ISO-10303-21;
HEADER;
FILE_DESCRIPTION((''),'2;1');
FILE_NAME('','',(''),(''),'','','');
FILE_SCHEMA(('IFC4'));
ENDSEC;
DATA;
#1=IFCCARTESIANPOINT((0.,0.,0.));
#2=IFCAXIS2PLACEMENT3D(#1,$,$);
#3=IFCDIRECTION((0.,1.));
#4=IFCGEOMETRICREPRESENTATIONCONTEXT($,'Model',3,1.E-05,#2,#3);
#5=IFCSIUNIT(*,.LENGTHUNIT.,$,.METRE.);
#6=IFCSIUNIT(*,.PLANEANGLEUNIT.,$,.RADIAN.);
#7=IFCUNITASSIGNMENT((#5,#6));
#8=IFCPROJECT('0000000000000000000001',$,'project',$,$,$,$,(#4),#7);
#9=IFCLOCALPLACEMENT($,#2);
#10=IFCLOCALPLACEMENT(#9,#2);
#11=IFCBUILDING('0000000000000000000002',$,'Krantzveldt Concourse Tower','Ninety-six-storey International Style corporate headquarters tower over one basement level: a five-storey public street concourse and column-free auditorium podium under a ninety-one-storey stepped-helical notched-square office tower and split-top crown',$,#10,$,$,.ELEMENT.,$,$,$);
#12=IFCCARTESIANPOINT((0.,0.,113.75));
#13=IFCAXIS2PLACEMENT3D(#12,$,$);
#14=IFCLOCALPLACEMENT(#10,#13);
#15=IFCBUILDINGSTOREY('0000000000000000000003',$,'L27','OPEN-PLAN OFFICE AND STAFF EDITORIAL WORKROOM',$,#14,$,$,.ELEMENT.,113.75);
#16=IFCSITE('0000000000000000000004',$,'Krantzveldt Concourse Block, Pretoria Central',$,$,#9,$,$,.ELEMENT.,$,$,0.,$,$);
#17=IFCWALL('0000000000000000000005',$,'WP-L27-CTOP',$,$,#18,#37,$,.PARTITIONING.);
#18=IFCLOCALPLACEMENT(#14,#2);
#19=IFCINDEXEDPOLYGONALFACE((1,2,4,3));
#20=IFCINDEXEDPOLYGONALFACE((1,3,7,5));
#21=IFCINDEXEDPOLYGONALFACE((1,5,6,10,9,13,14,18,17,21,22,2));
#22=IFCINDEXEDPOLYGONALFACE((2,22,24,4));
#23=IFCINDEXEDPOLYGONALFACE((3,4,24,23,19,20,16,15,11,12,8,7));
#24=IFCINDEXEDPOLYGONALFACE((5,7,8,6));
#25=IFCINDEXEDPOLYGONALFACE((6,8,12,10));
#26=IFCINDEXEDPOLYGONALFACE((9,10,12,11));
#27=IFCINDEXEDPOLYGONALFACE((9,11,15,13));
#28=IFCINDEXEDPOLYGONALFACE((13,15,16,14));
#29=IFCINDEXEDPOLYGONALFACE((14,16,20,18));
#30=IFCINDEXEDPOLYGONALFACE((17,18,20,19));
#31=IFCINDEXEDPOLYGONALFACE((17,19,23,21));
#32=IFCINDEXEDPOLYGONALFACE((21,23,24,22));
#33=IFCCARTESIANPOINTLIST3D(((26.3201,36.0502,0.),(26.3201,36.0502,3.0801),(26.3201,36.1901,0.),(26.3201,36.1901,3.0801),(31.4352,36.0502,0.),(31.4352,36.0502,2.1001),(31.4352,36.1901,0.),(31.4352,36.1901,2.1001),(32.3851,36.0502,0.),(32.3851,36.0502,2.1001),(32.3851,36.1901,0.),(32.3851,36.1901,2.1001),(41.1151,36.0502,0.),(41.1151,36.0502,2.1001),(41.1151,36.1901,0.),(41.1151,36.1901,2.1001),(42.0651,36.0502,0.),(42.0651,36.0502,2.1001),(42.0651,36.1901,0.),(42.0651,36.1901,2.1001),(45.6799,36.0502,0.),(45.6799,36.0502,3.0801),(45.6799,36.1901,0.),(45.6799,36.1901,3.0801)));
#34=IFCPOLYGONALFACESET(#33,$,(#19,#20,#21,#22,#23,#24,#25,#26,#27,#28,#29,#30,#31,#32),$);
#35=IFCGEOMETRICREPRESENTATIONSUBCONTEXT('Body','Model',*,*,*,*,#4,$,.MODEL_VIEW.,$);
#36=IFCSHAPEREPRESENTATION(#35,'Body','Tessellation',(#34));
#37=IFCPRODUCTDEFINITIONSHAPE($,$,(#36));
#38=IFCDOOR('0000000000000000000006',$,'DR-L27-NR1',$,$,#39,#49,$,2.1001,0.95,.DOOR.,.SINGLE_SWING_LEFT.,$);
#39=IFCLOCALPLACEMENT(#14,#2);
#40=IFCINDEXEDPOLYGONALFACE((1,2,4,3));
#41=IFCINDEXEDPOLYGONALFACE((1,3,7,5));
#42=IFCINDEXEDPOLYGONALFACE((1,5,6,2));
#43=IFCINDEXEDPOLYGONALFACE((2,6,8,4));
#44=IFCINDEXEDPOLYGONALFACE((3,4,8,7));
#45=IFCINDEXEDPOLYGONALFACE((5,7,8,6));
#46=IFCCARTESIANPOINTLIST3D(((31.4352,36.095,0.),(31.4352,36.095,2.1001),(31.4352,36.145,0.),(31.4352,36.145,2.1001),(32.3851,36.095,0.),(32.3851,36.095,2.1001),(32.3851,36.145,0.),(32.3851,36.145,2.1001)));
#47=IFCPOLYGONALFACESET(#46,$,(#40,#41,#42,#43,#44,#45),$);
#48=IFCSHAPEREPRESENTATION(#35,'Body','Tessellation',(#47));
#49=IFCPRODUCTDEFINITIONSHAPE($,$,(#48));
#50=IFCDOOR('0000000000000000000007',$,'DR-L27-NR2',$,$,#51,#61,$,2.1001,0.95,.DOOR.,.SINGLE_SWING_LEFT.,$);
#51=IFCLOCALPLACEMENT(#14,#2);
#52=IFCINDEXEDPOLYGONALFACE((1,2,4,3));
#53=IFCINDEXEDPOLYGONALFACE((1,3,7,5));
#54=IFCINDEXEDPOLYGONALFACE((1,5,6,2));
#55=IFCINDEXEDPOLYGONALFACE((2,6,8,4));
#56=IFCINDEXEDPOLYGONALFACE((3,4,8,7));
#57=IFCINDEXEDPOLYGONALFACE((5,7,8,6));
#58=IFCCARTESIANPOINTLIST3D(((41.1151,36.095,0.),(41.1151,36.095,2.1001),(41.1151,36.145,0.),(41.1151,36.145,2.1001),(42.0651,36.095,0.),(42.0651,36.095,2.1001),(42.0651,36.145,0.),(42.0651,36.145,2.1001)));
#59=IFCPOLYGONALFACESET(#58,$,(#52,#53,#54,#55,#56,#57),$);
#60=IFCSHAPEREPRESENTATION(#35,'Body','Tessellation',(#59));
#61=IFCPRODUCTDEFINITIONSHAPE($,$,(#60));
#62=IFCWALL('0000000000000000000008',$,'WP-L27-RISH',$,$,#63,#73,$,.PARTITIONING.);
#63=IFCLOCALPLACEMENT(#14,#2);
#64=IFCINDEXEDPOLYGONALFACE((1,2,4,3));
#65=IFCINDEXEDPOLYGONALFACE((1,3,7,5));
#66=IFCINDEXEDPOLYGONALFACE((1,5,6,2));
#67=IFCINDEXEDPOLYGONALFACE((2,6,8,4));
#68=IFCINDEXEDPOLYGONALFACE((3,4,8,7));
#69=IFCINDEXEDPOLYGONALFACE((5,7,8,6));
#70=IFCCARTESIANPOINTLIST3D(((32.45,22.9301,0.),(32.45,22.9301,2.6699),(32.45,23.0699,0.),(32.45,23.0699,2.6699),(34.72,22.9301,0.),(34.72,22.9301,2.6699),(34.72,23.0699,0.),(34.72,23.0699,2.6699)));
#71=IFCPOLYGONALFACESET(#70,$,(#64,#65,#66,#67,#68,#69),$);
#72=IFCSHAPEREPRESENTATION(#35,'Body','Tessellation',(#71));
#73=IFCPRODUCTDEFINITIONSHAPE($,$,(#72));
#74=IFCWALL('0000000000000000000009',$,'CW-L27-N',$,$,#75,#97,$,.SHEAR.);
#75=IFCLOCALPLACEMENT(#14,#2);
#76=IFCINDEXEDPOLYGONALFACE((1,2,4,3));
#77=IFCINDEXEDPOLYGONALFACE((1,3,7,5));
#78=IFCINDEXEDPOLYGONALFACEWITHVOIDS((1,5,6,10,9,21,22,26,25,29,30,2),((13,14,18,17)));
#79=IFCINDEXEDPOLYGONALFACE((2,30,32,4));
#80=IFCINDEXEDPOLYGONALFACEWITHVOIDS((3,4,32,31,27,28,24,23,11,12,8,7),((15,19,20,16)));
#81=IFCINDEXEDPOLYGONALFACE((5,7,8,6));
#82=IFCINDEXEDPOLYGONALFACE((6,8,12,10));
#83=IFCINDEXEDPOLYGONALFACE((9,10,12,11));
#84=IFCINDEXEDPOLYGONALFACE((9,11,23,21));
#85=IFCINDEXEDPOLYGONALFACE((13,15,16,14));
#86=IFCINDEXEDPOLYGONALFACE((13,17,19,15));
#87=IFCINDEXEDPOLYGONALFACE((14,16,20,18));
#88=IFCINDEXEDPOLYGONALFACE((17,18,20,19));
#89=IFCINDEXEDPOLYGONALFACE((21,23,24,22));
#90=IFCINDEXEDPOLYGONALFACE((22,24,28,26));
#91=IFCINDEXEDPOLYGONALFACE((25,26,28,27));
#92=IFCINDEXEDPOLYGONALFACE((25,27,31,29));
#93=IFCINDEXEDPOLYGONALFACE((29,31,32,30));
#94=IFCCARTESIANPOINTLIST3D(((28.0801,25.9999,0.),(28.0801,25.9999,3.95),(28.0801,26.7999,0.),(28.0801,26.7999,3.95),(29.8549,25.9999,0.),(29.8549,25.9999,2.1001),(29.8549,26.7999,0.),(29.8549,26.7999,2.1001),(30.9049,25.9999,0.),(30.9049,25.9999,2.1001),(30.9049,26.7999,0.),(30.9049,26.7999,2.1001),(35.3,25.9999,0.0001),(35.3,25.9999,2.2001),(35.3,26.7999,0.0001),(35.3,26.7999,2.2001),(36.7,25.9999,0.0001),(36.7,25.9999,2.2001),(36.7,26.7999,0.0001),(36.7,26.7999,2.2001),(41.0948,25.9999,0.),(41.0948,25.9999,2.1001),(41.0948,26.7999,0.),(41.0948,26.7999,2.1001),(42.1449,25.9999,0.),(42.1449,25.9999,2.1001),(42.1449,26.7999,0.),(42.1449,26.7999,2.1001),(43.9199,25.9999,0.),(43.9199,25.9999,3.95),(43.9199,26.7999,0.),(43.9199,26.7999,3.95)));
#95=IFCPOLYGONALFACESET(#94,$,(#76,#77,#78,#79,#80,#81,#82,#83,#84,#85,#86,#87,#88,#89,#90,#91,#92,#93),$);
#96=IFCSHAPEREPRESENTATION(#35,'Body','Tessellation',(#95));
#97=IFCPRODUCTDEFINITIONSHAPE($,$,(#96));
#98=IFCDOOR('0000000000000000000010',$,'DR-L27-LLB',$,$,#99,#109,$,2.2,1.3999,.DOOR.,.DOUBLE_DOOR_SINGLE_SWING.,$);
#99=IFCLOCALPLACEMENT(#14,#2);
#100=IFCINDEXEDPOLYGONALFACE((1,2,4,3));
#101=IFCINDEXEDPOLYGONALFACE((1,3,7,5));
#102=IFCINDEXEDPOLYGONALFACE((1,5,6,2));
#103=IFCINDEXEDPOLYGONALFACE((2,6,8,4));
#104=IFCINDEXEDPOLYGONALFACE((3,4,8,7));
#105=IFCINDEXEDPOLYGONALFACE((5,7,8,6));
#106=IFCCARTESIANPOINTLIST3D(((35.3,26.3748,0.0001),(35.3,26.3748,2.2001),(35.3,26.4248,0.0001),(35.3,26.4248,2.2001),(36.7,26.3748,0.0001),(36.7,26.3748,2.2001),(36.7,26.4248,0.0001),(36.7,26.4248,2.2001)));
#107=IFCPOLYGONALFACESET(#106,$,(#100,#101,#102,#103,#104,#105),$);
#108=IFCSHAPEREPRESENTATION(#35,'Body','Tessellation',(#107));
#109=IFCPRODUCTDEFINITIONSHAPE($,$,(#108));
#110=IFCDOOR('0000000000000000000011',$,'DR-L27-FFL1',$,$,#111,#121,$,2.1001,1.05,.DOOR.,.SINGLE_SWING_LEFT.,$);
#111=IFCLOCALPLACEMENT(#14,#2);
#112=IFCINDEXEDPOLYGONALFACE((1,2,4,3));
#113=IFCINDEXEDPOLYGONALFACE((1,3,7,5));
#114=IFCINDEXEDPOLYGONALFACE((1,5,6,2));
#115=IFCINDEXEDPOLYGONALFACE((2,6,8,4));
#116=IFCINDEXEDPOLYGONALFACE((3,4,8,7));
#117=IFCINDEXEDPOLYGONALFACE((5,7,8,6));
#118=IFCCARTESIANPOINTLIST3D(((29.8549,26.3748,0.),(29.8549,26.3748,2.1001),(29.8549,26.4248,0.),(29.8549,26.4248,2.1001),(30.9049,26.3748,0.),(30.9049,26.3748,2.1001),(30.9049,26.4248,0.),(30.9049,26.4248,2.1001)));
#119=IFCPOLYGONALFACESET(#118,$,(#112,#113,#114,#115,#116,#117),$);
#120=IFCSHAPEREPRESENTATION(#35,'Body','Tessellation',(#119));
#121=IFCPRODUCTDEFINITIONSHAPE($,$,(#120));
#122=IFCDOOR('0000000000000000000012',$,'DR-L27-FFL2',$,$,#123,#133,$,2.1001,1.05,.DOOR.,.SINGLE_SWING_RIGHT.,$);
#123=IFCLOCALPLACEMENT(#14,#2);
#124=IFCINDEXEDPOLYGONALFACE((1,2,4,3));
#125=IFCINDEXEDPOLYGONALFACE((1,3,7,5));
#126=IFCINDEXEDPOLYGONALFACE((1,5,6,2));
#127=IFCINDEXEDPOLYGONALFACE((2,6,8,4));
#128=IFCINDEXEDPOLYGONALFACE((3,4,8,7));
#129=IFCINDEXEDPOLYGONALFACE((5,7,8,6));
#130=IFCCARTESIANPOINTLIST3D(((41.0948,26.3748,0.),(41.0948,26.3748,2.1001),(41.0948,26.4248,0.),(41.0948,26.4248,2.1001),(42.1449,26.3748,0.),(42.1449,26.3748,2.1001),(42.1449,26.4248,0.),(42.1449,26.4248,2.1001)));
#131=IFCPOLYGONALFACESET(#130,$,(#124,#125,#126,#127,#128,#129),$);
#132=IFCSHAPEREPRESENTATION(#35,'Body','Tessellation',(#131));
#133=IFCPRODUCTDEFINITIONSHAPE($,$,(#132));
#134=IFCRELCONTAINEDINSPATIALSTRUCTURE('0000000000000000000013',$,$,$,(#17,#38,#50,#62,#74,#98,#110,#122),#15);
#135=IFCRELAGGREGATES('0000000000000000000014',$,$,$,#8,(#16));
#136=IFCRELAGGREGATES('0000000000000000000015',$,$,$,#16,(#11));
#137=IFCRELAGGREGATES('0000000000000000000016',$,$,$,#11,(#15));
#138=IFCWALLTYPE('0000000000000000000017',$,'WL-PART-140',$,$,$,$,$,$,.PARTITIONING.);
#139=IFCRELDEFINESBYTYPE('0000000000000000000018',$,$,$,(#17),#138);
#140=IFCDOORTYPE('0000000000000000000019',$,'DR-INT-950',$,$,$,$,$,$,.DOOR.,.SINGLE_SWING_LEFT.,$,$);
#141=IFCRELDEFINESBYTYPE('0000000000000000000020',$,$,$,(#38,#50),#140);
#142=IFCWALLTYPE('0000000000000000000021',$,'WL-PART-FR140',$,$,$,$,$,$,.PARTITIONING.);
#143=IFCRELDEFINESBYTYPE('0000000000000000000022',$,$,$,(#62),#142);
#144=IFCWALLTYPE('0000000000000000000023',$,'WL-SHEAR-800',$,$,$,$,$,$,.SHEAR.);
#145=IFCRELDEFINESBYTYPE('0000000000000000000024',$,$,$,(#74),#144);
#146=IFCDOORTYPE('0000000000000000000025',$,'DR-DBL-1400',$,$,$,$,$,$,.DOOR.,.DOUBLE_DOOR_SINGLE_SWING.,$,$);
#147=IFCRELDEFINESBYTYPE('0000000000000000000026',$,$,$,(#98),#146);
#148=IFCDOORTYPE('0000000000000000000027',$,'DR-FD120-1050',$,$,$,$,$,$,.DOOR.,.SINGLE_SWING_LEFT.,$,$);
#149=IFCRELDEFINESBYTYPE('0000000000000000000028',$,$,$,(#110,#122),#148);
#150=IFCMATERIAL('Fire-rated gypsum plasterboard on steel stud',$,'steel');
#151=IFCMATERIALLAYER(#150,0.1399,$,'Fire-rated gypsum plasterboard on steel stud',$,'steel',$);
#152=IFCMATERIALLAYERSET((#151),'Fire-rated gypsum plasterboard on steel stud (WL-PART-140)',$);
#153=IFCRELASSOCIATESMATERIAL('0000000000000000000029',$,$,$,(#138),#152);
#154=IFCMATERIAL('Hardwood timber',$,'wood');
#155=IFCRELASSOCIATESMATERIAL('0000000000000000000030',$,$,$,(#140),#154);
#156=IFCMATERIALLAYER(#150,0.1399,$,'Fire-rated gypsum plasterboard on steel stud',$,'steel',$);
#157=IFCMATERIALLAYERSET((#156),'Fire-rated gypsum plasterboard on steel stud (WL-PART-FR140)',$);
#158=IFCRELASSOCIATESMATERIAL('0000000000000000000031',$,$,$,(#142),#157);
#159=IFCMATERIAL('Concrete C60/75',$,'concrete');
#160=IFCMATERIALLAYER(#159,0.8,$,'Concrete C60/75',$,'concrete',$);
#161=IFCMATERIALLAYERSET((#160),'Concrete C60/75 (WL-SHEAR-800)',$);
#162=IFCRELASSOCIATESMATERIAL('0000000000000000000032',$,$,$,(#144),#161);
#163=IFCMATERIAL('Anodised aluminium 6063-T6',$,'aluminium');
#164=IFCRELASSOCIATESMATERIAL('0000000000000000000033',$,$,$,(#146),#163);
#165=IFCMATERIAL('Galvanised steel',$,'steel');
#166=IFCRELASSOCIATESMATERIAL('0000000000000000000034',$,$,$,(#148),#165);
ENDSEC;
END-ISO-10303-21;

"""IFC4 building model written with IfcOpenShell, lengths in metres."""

from ifc_helpers import new_model, si_unit, direction, frame, frame_2d, origin, place, context, subcontext, project, spatial, rectangle, extrude, material, layer, layer_set, type_object, element, fill, save


model = new_model("IFC4")

# Units and contexts
model_context = context("Model", 3, precision=1e-05, world=origin(), true_north=direction((0.0, 1.0)))
body_context = subcontext(model_context, "Body", "Model", "MODEL_VIEW")
ifc_project = project(units=[si_unit("LENGTHUNIT", "METRE"), si_unit("PLANEANGLEUNIT", "RADIAN")], contexts=[model_context])

# Site, building, storey
site_placement = place(None, origin())
site = spatial("IfcSite", under=ifc_project, at=site_placement, Name="Krantzveldt Concourse Block, Pretoria Central", CompositionType="ELEMENT", RefElevation=0.0)
building_placement = place(site_placement, origin())
building = spatial("IfcBuilding", under=site, at=building_placement, Name="Krantzveldt Concourse Tower", Description="Ninety-six-storey International Style corporate headquarters tower over one basement level: a five-storey public street concourse and column-free auditorium podium under a ninety-one-storey stepped-helical notched-square office tower and split-top crown", CompositionType="ELEMENT")
storey_placement = place(building_placement, frame((0.0, 0.0, 113.75)))
storey = spatial("IfcBuildingStorey", under=building, at=storey_placement, Name="L27", Description="OPEN-PLAN OFFICE AND STAFF EDITORIAL WORKROOM", CompositionType="ELEMENT", Elevation=113.75)

# Shared definitions
ifc_material_1 = material(Name="Fire-rated gypsum plasterboard on steel stud", Category="steel")

# Shared definitions
ifc_layer_1 = layer(ifc_material_1, 0.1399, Name="Fire-rated gypsum plasterboard on steel stud", Category="steel")
ifc_layer_set_1 = layer_set([ifc_layer_1], Name="Fire-rated gypsum plasterboard on steel stud (WL-PART-140)")
wall_type_1 = type_object("IfcWallType", Name="WL-PART-140", PredefinedType="PARTITIONING", material=ifc_layer_set_1)
ifc_material_2 = material(Name="Hardwood timber", Category="wood")

# Shared definitions
door_type_1 = type_object("IfcDoorType", Name="DR-INT-950", OperationType="SINGLE_SWING_LEFT", PredefinedType="DOOR", material=ifc_material_2)

# Wall, openings, doors
wall_1_placement = place(storey_placement, frame((26.3201, 36.1201, 0.0), z_axis=(0.0, 0.0, 1.0), x_axis=(1.0, 0.0, 0.0)))
wall_1 = element("IfcWall", 1, at=wall_1_placement, inside=storey, type_object=wall_type_1, Name="WP-L27-CTOP", PredefinedType="PARTITIONING", context=body_context, shape_type="SweptSolid", body=[
    extrude(rectangle(XDim=19.3599, YDim=0.1399, at=frame_2d((9.6799, 0.0))), origin(), (0.0, 0.0, 1.0), 3.0801),
])
opening_1_placement = place(wall_1_placement, frame((5.115, 0.0, 0.0)))
opening_1 = element("IfcOpeningElement", 2, at=opening_1_placement, cuts=wall_1, PredefinedType="OPENING", context=body_context, shape_type="SweptSolid", body=[
    extrude(rectangle(XDim=0.95, YDim=2.1001, at=frame_2d((0.4751, 1.05))), frame((0.0, 0.0801, 0.0), z_axis=(0.0, -1.0, 0.0), x_axis=(1.0, 0.0, 0.0)), (0.0, 0.0, 1.0), 0.1599),
])
opening_2_placement = place(wall_1_placement, frame((14.7949, 0.0, 0.0)))
opening_2 = element("IfcOpeningElement", 3, at=opening_2_placement, cuts=wall_1, PredefinedType="OPENING", context=body_context, shape_type="SweptSolid", body=[
    extrude(rectangle(XDim=0.95, YDim=2.1001, at=frame_2d((0.4751, 1.05))), frame((0.0, 0.0801, 0.0), z_axis=(0.0, -1.0, 0.0), x_axis=(1.0, 0.0, 0.0)), (0.0, 0.0, 1.0), 0.1599),
])
door_1_placement = place(opening_1_placement, origin())
door_1 = element("IfcDoor", 4, at=door_1_placement, inside=storey, type_object=door_type_1, Name="DR-L27-NR1", OperationType="SINGLE_SWING_LEFT", OverallHeight=2.1001, OverallWidth=0.95, PredefinedType="DOOR", context=body_context, shape_type="SweptSolid", body=[
    extrude(rectangle(XDim=0.95, YDim=2.1001, at=frame_2d((0.4751, 1.05))), frame((0.0, 0.0249, 0.0), z_axis=(0.0, -1.0, 0.0), x_axis=(1.0, 0.0, 0.0)), (0.0, 0.0, 1.0), 0.05),
])
fill(opening_1, door_1)
door_2_placement = place(opening_2_placement, origin())
door_2 = element("IfcDoor", 5, at=door_2_placement, inside=storey, type_object=door_type_1, Name="DR-L27-NR2", OperationType="SINGLE_SWING_LEFT", OverallHeight=2.1001, OverallWidth=0.95, PredefinedType="DOOR", context=body_context, shape_type="SweptSolid", body=[
    extrude(rectangle(XDim=0.95, YDim=2.1001, at=frame_2d((0.4751, 1.05))), frame((0.0, 0.0249, 0.0), z_axis=(0.0, -1.0, 0.0), x_axis=(1.0, 0.0, 0.0)), (0.0, 0.0, 1.0), 0.05),
])
fill(opening_2, door_2)

# Wall
ifc_layer_2 = layer(ifc_material_1, 0.1399, Name="Fire-rated gypsum plasterboard on steel stud", Category="steel")
ifc_layer_set_2 = layer_set([ifc_layer_2], Name="Fire-rated gypsum plasterboard on steel stud (WL-PART-FR140)")
wall_type_2 = type_object("IfcWallType", Name="WL-PART-FR140", PredefinedType="PARTITIONING", material=ifc_layer_set_2)
wall_2_placement = place(storey_placement, frame((32.45, 23.0, 0.0), z_axis=(0.0, 0.0, 1.0), x_axis=(1.0, 0.0, 0.0)))
element("IfcWall", 6, at=wall_2_placement, inside=storey, type_object=wall_type_2, Name="WP-L27-RISH", PredefinedType="PARTITIONING", context=body_context, shape_type="SweptSolid", body=[
    extrude(rectangle(XDim=2.27, YDim=0.1399, at=frame_2d((1.135, 0.0))), origin(), (0.0, 0.0, 1.0), 2.6699),
])

# Wall, openings, doors
ifc_material_3 = material(Name="Concrete C60/75", Category="concrete")
ifc_layer_3 = layer(ifc_material_3, 0.8, Name="Concrete C60/75", Category="concrete")
ifc_layer_set_3 = layer_set([ifc_layer_3], Name="Concrete C60/75 (WL-SHEAR-800)")
wall_type_3 = type_object("IfcWallType", Name="WL-SHEAR-800", PredefinedType="SHEAR", material=ifc_layer_set_3)
wall_3_placement = place(storey_placement, frame((28.0801, 26.3999, 0.0), z_axis=(0.0, 0.0, 1.0), x_axis=(1.0, 0.0, 0.0)))
wall_3 = element("IfcWall", 7, at=wall_3_placement, inside=storey, type_object=wall_type_3, Name="CW-L27-N", PredefinedType="SHEAR", context=body_context, shape_type="SweptSolid", body=[
    extrude(rectangle(XDim=15.8398, YDim=0.8, at=frame_2d((7.9199, 0.0))), origin(), (0.0, 0.0, 1.0), 3.95),
])
opening_3_placement = place(wall_3_placement, frame((7.22, 0.0, 0.0)))
opening_3 = element("IfcOpeningElement", 8, at=opening_3_placement, cuts=wall_3, PredefinedType="OPENING", context=body_context, shape_type="SweptSolid", body=[
    extrude(rectangle(XDim=1.3999, YDim=2.2, at=frame_2d((0.7, 1.1001))), frame((0.0, 0.4102, 0.0), z_axis=(0.0, -1.0, 0.0), x_axis=(1.0, 0.0, 0.0)), (0.0, 0.0, 1.0), 0.8201),
])
opening_4_placement = place(wall_3_placement, frame((1.7749, 0.0, 0.0)))
opening_4 = element("IfcOpeningElement", 9, at=opening_4_placement, cuts=wall_3, PredefinedType="OPENING", context=body_context, shape_type="SweptSolid", body=[
    extrude(rectangle(XDim=1.05, YDim=2.1001, at=frame_2d((0.5249, 1.05))), frame((0.0, 0.4102, 0.0), z_axis=(0.0, -1.0, 0.0), x_axis=(1.0, 0.0, 0.0)), (0.0, 0.0, 1.0), 0.8201),
])
opening_5_placement = place(wall_3_placement, frame((13.0149, 0.0, 0.0)))
opening_5 = element("IfcOpeningElement", 10, at=opening_5_placement, cuts=wall_3, PredefinedType="OPENING", context=body_context, shape_type="SweptSolid", body=[
    extrude(rectangle(XDim=1.05, YDim=2.1001, at=frame_2d((0.5249, 1.05))), frame((0.0, 0.4102, 0.0), z_axis=(0.0, -1.0, 0.0), x_axis=(1.0, 0.0, 0.0)), (0.0, 0.0, 1.0), 0.8201),
])
ifc_material_4 = material(Name="Anodised aluminium 6063-T6", Category="aluminium")
door_type_2 = type_object("IfcDoorType", Name="DR-DBL-1400", OperationType="DOUBLE_DOOR_SINGLE_SWING", PredefinedType="DOOR", material=ifc_material_4)
door_3_placement = place(opening_3_placement, origin())
door_3 = element("IfcDoor", 11, at=door_3_placement, inside=storey, type_object=door_type_2, Name="DR-L27-LLB", OperationType="DOUBLE_DOOR_SINGLE_SWING", OverallHeight=2.2, OverallWidth=1.3999, PredefinedType="DOOR", context=body_context, shape_type="SweptSolid", body=[
    extrude(rectangle(XDim=1.3999, YDim=2.2, at=frame_2d((0.7, 1.1001))), frame((0.0, 0.0249, 0.0), z_axis=(0.0, -1.0, 0.0), x_axis=(1.0, 0.0, 0.0)), (0.0, 0.0, 1.0), 0.05),
])
fill(opening_3, door_3)
ifc_material_5 = material(Name="Galvanised steel", Category="steel")
door_type_3 = type_object("IfcDoorType", Name="DR-FD120-1050", OperationType="SINGLE_SWING_LEFT", PredefinedType="DOOR", material=ifc_material_5)
door_4_placement = place(opening_4_placement, origin())
door_4 = element("IfcDoor", 12, at=door_4_placement, inside=storey, type_object=door_type_3, Name="DR-L27-FFL1", OperationType="SINGLE_SWING_LEFT", OverallHeight=2.1001, OverallWidth=1.05, PredefinedType="DOOR", context=body_context, shape_type="SweptSolid", body=[
    extrude(rectangle(XDim=1.05, YDim=2.1001, at=frame_2d((0.5249, 1.05))), frame((0.0, 0.0249, 0.0), z_axis=(0.0, -1.0, 0.0), x_axis=(1.0, 0.0, 0.0)), (0.0, 0.0, 1.0), 0.05),
])
fill(opening_4, door_4)
door_5_placement = place(opening_5_placement, origin())
door_5 = element("IfcDoor", 13, at=door_5_placement, inside=storey, type_object=door_type_3, Name="DR-L27-FFL2", OperationType="SINGLE_SWING_RIGHT", OverallHeight=2.1001, OverallWidth=1.05, PredefinedType="DOOR", context=body_context, shape_type="SweptSolid", body=[
    extrude(rectangle(XDim=1.05, YDim=2.1001, at=frame_2d((0.5249, 1.05))), frame((0.0, 0.0249, 0.0), z_axis=(0.0, -1.0, 0.0), x_axis=(1.0, 0.0, 0.0)), (0.0, 0.0, 1.0), 0.05),
])
fill(opening_5, door_5)

save(model, "model.ifc")
